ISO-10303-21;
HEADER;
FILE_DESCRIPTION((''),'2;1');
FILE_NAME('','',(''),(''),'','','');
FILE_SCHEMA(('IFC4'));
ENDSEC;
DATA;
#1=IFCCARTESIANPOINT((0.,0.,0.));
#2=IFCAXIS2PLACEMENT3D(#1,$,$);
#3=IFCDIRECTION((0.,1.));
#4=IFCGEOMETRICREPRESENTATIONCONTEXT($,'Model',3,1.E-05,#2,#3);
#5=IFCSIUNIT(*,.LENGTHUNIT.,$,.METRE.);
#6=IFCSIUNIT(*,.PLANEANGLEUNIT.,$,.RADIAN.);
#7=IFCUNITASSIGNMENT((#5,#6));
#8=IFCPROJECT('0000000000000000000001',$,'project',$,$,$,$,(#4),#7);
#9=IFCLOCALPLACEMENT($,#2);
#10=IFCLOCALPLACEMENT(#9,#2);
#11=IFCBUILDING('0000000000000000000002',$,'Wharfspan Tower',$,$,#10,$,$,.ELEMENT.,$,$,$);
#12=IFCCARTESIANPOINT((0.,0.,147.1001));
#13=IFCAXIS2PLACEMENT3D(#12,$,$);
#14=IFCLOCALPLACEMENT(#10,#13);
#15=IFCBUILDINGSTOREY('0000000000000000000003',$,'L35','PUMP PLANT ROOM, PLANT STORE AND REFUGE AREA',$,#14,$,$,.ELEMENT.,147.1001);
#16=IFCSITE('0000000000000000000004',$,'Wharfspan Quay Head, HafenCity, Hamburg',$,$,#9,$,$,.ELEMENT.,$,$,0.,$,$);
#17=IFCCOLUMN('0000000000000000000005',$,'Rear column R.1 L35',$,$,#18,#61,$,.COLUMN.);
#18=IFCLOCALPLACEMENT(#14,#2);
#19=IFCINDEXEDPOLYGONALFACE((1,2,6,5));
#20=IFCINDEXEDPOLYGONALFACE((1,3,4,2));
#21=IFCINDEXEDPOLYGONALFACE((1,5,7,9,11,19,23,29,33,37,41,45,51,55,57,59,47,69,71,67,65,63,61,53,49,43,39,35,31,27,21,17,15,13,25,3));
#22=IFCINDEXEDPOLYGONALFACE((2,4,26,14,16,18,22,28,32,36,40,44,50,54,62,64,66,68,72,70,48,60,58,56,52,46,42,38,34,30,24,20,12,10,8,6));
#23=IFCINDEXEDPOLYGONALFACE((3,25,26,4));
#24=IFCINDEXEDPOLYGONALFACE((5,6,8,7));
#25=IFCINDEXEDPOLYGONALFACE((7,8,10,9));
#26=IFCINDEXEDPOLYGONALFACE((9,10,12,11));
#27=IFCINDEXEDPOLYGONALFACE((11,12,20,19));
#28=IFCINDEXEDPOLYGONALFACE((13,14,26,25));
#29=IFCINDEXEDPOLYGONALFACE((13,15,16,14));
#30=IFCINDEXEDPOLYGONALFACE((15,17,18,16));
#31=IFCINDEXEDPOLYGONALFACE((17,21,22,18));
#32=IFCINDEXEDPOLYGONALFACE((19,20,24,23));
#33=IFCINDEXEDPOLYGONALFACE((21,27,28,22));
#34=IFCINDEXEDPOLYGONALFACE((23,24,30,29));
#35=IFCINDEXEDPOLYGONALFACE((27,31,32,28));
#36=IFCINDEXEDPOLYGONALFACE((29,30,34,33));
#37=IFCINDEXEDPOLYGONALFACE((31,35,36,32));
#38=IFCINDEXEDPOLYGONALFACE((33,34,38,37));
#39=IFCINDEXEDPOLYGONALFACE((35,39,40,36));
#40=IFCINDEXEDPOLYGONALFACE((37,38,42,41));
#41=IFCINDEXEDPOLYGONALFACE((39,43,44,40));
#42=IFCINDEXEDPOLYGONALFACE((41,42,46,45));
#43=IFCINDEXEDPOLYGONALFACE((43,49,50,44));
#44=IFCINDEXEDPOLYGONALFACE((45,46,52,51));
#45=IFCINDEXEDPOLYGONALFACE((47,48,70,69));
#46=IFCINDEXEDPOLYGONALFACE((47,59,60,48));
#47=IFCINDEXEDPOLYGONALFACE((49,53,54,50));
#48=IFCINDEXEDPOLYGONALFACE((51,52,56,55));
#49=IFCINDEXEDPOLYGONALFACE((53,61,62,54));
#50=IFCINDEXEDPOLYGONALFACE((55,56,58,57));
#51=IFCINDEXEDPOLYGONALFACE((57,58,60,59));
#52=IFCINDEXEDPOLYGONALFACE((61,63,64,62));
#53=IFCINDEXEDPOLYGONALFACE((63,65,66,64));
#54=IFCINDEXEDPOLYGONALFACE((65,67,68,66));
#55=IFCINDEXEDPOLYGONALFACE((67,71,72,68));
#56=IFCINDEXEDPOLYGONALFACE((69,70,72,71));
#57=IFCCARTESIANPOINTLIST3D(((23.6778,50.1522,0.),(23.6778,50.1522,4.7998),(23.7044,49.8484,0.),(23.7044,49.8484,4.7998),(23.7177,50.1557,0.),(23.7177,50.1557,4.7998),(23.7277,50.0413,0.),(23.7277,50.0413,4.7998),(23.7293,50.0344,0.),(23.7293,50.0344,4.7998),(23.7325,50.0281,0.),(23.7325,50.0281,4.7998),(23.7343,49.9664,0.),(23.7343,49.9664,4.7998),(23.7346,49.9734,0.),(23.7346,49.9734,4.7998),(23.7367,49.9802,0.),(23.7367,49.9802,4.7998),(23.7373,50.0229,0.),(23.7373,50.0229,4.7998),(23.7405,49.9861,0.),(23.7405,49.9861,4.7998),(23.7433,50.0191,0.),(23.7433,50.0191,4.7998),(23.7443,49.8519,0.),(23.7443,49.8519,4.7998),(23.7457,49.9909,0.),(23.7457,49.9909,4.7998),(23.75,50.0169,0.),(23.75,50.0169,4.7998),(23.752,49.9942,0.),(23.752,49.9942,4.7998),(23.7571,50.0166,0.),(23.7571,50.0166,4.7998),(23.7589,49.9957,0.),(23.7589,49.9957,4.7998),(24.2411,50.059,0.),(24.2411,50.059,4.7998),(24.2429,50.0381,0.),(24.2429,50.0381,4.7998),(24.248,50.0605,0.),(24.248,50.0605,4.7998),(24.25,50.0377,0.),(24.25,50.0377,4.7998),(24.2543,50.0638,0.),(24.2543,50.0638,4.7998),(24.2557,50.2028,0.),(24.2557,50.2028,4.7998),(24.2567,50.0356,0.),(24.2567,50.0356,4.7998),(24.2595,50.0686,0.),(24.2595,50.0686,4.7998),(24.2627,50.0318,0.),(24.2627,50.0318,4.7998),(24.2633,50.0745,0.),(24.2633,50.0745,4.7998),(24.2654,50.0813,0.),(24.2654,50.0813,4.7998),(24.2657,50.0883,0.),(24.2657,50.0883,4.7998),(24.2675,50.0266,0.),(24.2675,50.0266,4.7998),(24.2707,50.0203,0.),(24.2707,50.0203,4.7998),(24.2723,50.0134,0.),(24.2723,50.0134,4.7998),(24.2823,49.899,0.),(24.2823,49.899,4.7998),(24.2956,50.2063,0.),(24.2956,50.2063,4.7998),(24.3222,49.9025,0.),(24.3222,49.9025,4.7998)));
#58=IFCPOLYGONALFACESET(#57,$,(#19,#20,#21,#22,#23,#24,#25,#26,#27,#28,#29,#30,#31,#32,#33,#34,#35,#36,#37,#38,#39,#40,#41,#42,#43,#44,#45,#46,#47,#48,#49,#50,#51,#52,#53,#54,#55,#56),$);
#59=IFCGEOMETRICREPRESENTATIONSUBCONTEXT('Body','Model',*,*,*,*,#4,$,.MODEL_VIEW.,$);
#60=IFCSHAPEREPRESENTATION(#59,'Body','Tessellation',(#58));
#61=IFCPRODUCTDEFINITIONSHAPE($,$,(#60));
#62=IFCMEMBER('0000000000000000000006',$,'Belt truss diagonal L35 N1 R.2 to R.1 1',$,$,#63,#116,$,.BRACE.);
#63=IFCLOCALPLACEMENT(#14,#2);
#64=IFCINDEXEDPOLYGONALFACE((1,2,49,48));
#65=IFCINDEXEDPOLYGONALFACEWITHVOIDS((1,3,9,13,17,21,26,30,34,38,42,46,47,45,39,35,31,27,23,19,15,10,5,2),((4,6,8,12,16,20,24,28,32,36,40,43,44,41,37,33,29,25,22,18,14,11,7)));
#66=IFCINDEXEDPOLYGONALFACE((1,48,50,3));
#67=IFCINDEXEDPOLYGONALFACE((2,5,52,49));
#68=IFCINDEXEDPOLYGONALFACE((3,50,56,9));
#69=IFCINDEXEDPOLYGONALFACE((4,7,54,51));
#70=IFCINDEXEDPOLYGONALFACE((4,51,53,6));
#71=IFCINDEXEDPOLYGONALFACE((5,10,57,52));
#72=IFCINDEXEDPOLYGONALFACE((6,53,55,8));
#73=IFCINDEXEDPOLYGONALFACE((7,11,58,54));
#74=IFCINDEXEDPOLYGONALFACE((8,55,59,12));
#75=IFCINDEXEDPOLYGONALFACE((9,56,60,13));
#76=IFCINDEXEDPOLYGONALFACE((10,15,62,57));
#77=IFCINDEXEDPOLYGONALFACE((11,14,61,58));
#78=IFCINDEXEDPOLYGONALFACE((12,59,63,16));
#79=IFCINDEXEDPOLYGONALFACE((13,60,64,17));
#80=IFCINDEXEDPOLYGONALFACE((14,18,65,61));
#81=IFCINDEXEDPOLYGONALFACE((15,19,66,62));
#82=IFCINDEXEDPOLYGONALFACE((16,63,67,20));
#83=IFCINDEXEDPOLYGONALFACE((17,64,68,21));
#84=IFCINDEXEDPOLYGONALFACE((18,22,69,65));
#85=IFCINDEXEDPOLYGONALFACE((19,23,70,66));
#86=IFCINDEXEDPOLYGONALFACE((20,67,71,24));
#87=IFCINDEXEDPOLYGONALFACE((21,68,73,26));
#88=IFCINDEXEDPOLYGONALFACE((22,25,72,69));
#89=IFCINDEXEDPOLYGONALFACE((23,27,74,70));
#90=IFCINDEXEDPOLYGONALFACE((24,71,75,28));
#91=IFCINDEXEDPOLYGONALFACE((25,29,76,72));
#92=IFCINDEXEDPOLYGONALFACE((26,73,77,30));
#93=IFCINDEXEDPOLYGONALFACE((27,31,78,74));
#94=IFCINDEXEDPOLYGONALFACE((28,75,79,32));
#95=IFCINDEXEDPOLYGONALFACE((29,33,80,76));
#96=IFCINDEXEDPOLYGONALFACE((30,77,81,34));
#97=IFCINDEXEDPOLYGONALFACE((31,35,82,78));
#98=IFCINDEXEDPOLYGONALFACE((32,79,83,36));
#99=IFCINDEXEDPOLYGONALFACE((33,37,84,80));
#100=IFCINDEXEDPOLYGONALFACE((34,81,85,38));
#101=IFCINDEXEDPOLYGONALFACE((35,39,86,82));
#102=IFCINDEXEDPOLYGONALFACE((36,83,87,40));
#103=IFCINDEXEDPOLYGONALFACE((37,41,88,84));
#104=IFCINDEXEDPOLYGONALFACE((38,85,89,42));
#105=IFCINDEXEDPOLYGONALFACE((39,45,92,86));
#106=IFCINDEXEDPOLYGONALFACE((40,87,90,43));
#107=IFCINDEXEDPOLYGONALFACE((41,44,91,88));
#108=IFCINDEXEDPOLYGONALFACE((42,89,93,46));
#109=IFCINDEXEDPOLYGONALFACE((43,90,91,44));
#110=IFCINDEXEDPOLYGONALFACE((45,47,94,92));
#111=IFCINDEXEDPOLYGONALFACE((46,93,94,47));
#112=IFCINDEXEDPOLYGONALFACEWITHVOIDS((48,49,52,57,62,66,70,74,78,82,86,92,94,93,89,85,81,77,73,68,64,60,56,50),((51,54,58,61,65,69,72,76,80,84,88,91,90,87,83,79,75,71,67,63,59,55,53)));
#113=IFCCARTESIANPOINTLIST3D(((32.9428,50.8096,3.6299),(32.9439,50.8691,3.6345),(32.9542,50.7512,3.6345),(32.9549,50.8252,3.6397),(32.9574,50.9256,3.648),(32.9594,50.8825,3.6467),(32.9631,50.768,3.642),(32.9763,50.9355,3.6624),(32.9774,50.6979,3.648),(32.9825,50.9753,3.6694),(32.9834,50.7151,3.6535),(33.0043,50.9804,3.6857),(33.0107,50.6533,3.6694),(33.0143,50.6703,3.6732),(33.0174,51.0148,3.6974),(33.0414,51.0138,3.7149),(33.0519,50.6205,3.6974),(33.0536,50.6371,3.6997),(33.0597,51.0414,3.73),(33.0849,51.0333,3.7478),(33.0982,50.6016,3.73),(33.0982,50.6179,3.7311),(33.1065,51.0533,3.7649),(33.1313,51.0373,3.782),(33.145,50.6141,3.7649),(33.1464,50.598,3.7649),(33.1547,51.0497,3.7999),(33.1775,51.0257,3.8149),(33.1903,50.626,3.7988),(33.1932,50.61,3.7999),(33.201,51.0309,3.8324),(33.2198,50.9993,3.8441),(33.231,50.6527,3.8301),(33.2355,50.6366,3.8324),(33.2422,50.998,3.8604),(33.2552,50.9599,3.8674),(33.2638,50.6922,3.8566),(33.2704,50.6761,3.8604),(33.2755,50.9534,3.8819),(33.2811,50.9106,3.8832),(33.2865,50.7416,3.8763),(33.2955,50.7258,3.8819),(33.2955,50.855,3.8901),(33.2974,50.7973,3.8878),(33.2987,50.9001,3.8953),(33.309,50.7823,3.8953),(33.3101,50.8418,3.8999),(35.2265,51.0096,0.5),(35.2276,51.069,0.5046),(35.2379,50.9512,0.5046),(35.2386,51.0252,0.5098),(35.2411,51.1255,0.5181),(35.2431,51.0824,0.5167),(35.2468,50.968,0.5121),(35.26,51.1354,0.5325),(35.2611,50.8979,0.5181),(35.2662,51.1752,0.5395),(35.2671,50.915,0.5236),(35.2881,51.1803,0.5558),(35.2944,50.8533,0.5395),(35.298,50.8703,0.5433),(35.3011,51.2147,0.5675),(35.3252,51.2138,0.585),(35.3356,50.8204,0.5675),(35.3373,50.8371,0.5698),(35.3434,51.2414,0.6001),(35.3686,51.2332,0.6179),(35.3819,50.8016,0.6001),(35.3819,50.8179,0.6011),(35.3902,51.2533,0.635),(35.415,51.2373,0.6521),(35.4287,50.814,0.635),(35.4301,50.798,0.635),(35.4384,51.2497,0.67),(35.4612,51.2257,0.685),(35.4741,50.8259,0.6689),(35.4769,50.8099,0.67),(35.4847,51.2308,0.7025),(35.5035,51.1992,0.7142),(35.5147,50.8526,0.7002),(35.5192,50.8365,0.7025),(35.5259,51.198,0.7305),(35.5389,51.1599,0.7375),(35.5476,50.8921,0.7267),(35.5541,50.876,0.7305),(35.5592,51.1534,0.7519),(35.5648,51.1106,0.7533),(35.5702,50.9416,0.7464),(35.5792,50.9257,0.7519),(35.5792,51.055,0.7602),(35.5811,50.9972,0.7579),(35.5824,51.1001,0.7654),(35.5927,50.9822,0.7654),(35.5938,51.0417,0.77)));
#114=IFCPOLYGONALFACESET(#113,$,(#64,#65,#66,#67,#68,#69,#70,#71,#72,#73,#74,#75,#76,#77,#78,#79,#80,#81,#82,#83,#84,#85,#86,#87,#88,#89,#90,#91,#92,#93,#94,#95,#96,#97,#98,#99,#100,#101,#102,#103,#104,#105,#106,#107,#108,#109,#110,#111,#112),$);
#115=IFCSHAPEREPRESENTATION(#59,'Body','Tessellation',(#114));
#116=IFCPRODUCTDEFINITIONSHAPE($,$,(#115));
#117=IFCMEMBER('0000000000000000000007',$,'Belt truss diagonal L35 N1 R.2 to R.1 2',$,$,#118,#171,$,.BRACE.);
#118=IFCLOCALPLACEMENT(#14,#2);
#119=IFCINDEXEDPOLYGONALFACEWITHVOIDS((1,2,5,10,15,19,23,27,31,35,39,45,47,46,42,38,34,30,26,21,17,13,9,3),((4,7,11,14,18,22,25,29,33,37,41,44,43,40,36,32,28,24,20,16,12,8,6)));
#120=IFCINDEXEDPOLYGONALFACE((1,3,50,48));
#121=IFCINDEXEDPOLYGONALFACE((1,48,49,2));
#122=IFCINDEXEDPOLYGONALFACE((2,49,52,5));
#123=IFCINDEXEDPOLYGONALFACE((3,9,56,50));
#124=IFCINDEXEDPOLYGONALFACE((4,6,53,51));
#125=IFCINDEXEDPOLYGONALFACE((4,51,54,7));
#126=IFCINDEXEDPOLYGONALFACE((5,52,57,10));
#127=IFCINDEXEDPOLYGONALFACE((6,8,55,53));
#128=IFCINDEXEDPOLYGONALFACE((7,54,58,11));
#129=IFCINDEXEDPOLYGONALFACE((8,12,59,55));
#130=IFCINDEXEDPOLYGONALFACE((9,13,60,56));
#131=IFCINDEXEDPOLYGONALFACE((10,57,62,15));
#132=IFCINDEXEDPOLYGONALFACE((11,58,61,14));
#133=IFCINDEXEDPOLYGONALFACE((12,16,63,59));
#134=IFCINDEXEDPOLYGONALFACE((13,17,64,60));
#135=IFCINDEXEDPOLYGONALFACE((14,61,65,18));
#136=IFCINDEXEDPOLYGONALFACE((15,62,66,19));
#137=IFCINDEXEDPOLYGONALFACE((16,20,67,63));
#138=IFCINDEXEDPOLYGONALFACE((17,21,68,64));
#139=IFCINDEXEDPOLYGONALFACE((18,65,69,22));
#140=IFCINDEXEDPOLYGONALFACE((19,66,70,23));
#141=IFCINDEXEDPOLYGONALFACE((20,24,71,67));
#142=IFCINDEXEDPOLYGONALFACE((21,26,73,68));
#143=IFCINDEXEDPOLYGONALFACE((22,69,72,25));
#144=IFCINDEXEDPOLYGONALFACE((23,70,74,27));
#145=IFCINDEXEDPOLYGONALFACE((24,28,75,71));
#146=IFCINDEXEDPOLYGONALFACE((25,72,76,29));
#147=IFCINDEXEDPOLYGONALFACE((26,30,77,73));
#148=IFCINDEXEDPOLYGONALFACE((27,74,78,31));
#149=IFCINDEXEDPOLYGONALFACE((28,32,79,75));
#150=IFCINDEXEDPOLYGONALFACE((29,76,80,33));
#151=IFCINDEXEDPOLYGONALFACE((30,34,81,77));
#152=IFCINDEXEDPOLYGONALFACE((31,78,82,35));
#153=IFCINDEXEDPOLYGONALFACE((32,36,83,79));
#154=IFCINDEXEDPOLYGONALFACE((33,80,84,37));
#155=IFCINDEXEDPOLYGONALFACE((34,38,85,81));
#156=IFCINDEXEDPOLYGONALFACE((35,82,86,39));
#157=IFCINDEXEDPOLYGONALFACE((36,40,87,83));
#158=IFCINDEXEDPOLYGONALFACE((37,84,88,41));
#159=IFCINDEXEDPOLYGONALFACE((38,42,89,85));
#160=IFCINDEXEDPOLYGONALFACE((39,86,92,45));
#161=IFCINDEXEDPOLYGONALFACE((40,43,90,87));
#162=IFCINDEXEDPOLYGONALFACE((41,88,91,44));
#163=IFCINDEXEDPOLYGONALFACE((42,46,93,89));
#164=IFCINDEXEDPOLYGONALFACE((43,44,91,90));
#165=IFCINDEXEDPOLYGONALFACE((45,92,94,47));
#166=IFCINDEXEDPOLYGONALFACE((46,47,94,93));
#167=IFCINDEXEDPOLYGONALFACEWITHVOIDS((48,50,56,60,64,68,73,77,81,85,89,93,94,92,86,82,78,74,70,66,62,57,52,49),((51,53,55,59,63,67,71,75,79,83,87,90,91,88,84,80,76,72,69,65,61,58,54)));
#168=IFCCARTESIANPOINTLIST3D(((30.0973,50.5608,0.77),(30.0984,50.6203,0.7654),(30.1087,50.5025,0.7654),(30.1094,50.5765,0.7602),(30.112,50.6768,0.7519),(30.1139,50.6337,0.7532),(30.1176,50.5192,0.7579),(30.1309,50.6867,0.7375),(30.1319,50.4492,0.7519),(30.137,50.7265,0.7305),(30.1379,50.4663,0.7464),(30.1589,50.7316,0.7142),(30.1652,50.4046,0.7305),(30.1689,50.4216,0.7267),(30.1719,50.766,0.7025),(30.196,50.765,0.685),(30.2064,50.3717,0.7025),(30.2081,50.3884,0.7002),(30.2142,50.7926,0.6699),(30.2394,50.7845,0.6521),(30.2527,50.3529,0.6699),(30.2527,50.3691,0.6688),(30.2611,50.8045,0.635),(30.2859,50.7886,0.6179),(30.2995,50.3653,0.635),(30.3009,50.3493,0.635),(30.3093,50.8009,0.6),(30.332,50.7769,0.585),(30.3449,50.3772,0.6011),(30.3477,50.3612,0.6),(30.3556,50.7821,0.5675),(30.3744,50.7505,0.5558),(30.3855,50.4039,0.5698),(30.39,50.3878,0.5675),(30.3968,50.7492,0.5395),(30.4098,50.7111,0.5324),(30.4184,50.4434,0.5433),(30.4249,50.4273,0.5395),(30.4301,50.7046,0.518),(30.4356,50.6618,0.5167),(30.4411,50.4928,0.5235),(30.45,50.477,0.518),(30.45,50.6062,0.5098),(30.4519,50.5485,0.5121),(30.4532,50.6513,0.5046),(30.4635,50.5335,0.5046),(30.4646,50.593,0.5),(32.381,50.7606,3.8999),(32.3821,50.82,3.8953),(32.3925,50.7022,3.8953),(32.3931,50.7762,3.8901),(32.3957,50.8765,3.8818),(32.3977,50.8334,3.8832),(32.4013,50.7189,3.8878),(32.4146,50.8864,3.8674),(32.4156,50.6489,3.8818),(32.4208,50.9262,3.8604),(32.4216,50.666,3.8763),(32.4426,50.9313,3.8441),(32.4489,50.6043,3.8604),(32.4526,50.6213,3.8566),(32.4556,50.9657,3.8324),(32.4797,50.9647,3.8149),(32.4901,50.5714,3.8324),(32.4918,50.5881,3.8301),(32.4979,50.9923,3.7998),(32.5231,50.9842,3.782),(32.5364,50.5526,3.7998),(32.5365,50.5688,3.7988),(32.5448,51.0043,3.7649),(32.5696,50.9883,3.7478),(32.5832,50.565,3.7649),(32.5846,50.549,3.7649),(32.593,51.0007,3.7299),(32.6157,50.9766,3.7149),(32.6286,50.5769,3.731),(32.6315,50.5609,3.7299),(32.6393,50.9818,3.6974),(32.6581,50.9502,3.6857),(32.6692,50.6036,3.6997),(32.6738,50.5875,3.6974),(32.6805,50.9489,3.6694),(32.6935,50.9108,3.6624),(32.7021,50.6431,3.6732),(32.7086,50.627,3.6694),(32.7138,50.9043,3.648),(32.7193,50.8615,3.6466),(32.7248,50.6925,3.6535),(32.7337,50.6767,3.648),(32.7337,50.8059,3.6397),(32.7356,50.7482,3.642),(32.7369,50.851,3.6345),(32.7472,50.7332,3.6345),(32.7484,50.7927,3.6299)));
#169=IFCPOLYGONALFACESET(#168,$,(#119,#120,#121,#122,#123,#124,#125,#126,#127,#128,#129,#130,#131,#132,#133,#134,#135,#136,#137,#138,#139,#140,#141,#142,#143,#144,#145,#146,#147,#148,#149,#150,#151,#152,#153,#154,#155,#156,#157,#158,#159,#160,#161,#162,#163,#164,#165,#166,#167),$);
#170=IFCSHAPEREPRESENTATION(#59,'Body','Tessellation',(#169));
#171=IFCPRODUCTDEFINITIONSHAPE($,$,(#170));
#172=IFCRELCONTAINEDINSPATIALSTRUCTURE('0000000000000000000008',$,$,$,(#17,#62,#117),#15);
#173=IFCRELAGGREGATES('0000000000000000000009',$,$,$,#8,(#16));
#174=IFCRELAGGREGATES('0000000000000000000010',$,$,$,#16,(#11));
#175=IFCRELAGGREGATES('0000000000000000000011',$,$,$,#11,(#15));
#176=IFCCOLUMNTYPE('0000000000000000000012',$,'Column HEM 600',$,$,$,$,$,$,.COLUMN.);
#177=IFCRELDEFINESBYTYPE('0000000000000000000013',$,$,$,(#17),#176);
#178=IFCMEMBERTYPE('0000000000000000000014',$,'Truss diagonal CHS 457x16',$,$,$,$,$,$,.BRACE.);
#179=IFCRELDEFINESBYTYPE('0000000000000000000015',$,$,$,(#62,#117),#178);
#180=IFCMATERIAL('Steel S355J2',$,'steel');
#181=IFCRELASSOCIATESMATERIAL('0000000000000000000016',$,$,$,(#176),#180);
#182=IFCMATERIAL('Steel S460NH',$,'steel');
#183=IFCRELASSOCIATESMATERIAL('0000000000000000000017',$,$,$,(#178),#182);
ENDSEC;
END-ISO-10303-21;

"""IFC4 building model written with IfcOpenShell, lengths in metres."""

from ifc_helpers import new_model, si_unit, direction, frame, origin, origin_2d, place, context, subcontext, project, spatial, hollow_circle, i_section, extrude, material, material_profile, profile_set, type_object, element, save


model = new_model("IFC4")

# Units and contexts
model_context = context("Model", 3, precision=1e-05, world=origin(), true_north=direction((0.0, 1.0)))
body_context = subcontext(model_context, "Body", "Model", "MODEL_VIEW")
ifc_project = project(units=[si_unit("LENGTHUNIT", "METRE"), si_unit("PLANEANGLEUNIT", "RADIAN")], contexts=[model_context])

# Site, building, storey
site_placement = place(None, origin())
site = spatial("IfcSite", under=ifc_project, at=site_placement, Name="Wharfspan Quay Head, HafenCity, Hamburg", CompositionType="ELEMENT", RefElevation=0.0)
building_placement = place(site_placement, origin())
building = spatial("IfcBuilding", under=site, at=building_placement, Name="Wharfspan Tower", CompositionType="ELEMENT")
storey_placement = place(building_placement, frame((0.0, 0.0, 147.1001)))
storey = spatial("IfcBuildingStorey", under=building, at=storey_placement, Name="L35", Description="PUMP PLANT ROOM, PLANT STORE AND REFUGE AREA", CompositionType="ELEMENT", Elevation=147.1001)

# Column
ifc_material_1 = material(Name="Steel S355J2", Category="steel")
ifc_material_profile_1 = material_profile(ifc_material_1, i_section(OverallWidth=0.3049, OverallDepth=0.6201, WebThickness=0.021, FlangeThickness=0.04, FilletRadius=0.0271, at=origin_2d()))
ifc_profile_set_1 = profile_set([ifc_material_profile_1], Name="Steel S355J2")
column_type = type_object("IfcColumnType", Name="Column HEM 600", PredefinedType="COLUMN", material=ifc_profile_set_1)
column_placement = place(storey_placement, frame((24.0, 50.0273, 0.0), z_axis=(0.0, 0.0, 1.0), x_axis=(-0.087156, 0.996198, 0.0)))
element("IfcColumn", 1, at=column_placement, inside=storey, type_object=column_type, Name="Rear column R.1 L35", PredefinedType="COLUMN", context=body_context, shape_type="SweptSolid", body=[
    extrude(i_section(OverallWidth=0.3049, OverallDepth=0.6201, WebThickness=0.021, FlangeThickness=0.04, FilletRadius=0.0271, at=origin_2d()), origin(), (0.0, 0.0, 1.0), 4.7998),
])

# Members
ifc_material_2 = material(Name="Steel S460NH", Category="steel")
ifc_material_profile_2 = material_profile(ifc_material_2, hollow_circle(Radius=0.2285, WallThickness=0.0161, at=origin_2d()))
ifc_profile_set_2 = profile_set([ifc_material_profile_2], Name="Steel S460NH")
member_type = type_object("IfcMemberType", Name="Truss diagonal CHS 457x16", PredefinedType="BRACE", material=ifc_profile_set_2)
for number, where, z_axis, x_axis, name in (
    (2, (35.4102, 51.0256, 0.635), (-0.588639, -0.051539, 0.806751), (0.087224, -0.99619, 0.000001), "Belt truss diagonal L35 N1 R.2 to R.1 1"),
    (3, (32.5647, 50.7766, 3.7649), (-0.588641, -0.051476, -0.806754), (0.087114, -0.996202, 0.000002), "Belt truss diagonal L35 N1 R.2 to R.1 2"),
):
    element("IfcMember", number, at=place(storey_placement, frame(where, z_axis=z_axis, x_axis=x_axis)), inside=storey, type_object=member_type, Name=name, PredefinedType="BRACE", context=body_context, shape_type="SweptSolid", body=[
        extrude(hollow_circle(Radius=0.2285, WallThickness=0.0161, at=origin_2d()), origin(), (0.0, 0.0, 1.0), 3.8796),
    ])

save(model, "model.ifc")
